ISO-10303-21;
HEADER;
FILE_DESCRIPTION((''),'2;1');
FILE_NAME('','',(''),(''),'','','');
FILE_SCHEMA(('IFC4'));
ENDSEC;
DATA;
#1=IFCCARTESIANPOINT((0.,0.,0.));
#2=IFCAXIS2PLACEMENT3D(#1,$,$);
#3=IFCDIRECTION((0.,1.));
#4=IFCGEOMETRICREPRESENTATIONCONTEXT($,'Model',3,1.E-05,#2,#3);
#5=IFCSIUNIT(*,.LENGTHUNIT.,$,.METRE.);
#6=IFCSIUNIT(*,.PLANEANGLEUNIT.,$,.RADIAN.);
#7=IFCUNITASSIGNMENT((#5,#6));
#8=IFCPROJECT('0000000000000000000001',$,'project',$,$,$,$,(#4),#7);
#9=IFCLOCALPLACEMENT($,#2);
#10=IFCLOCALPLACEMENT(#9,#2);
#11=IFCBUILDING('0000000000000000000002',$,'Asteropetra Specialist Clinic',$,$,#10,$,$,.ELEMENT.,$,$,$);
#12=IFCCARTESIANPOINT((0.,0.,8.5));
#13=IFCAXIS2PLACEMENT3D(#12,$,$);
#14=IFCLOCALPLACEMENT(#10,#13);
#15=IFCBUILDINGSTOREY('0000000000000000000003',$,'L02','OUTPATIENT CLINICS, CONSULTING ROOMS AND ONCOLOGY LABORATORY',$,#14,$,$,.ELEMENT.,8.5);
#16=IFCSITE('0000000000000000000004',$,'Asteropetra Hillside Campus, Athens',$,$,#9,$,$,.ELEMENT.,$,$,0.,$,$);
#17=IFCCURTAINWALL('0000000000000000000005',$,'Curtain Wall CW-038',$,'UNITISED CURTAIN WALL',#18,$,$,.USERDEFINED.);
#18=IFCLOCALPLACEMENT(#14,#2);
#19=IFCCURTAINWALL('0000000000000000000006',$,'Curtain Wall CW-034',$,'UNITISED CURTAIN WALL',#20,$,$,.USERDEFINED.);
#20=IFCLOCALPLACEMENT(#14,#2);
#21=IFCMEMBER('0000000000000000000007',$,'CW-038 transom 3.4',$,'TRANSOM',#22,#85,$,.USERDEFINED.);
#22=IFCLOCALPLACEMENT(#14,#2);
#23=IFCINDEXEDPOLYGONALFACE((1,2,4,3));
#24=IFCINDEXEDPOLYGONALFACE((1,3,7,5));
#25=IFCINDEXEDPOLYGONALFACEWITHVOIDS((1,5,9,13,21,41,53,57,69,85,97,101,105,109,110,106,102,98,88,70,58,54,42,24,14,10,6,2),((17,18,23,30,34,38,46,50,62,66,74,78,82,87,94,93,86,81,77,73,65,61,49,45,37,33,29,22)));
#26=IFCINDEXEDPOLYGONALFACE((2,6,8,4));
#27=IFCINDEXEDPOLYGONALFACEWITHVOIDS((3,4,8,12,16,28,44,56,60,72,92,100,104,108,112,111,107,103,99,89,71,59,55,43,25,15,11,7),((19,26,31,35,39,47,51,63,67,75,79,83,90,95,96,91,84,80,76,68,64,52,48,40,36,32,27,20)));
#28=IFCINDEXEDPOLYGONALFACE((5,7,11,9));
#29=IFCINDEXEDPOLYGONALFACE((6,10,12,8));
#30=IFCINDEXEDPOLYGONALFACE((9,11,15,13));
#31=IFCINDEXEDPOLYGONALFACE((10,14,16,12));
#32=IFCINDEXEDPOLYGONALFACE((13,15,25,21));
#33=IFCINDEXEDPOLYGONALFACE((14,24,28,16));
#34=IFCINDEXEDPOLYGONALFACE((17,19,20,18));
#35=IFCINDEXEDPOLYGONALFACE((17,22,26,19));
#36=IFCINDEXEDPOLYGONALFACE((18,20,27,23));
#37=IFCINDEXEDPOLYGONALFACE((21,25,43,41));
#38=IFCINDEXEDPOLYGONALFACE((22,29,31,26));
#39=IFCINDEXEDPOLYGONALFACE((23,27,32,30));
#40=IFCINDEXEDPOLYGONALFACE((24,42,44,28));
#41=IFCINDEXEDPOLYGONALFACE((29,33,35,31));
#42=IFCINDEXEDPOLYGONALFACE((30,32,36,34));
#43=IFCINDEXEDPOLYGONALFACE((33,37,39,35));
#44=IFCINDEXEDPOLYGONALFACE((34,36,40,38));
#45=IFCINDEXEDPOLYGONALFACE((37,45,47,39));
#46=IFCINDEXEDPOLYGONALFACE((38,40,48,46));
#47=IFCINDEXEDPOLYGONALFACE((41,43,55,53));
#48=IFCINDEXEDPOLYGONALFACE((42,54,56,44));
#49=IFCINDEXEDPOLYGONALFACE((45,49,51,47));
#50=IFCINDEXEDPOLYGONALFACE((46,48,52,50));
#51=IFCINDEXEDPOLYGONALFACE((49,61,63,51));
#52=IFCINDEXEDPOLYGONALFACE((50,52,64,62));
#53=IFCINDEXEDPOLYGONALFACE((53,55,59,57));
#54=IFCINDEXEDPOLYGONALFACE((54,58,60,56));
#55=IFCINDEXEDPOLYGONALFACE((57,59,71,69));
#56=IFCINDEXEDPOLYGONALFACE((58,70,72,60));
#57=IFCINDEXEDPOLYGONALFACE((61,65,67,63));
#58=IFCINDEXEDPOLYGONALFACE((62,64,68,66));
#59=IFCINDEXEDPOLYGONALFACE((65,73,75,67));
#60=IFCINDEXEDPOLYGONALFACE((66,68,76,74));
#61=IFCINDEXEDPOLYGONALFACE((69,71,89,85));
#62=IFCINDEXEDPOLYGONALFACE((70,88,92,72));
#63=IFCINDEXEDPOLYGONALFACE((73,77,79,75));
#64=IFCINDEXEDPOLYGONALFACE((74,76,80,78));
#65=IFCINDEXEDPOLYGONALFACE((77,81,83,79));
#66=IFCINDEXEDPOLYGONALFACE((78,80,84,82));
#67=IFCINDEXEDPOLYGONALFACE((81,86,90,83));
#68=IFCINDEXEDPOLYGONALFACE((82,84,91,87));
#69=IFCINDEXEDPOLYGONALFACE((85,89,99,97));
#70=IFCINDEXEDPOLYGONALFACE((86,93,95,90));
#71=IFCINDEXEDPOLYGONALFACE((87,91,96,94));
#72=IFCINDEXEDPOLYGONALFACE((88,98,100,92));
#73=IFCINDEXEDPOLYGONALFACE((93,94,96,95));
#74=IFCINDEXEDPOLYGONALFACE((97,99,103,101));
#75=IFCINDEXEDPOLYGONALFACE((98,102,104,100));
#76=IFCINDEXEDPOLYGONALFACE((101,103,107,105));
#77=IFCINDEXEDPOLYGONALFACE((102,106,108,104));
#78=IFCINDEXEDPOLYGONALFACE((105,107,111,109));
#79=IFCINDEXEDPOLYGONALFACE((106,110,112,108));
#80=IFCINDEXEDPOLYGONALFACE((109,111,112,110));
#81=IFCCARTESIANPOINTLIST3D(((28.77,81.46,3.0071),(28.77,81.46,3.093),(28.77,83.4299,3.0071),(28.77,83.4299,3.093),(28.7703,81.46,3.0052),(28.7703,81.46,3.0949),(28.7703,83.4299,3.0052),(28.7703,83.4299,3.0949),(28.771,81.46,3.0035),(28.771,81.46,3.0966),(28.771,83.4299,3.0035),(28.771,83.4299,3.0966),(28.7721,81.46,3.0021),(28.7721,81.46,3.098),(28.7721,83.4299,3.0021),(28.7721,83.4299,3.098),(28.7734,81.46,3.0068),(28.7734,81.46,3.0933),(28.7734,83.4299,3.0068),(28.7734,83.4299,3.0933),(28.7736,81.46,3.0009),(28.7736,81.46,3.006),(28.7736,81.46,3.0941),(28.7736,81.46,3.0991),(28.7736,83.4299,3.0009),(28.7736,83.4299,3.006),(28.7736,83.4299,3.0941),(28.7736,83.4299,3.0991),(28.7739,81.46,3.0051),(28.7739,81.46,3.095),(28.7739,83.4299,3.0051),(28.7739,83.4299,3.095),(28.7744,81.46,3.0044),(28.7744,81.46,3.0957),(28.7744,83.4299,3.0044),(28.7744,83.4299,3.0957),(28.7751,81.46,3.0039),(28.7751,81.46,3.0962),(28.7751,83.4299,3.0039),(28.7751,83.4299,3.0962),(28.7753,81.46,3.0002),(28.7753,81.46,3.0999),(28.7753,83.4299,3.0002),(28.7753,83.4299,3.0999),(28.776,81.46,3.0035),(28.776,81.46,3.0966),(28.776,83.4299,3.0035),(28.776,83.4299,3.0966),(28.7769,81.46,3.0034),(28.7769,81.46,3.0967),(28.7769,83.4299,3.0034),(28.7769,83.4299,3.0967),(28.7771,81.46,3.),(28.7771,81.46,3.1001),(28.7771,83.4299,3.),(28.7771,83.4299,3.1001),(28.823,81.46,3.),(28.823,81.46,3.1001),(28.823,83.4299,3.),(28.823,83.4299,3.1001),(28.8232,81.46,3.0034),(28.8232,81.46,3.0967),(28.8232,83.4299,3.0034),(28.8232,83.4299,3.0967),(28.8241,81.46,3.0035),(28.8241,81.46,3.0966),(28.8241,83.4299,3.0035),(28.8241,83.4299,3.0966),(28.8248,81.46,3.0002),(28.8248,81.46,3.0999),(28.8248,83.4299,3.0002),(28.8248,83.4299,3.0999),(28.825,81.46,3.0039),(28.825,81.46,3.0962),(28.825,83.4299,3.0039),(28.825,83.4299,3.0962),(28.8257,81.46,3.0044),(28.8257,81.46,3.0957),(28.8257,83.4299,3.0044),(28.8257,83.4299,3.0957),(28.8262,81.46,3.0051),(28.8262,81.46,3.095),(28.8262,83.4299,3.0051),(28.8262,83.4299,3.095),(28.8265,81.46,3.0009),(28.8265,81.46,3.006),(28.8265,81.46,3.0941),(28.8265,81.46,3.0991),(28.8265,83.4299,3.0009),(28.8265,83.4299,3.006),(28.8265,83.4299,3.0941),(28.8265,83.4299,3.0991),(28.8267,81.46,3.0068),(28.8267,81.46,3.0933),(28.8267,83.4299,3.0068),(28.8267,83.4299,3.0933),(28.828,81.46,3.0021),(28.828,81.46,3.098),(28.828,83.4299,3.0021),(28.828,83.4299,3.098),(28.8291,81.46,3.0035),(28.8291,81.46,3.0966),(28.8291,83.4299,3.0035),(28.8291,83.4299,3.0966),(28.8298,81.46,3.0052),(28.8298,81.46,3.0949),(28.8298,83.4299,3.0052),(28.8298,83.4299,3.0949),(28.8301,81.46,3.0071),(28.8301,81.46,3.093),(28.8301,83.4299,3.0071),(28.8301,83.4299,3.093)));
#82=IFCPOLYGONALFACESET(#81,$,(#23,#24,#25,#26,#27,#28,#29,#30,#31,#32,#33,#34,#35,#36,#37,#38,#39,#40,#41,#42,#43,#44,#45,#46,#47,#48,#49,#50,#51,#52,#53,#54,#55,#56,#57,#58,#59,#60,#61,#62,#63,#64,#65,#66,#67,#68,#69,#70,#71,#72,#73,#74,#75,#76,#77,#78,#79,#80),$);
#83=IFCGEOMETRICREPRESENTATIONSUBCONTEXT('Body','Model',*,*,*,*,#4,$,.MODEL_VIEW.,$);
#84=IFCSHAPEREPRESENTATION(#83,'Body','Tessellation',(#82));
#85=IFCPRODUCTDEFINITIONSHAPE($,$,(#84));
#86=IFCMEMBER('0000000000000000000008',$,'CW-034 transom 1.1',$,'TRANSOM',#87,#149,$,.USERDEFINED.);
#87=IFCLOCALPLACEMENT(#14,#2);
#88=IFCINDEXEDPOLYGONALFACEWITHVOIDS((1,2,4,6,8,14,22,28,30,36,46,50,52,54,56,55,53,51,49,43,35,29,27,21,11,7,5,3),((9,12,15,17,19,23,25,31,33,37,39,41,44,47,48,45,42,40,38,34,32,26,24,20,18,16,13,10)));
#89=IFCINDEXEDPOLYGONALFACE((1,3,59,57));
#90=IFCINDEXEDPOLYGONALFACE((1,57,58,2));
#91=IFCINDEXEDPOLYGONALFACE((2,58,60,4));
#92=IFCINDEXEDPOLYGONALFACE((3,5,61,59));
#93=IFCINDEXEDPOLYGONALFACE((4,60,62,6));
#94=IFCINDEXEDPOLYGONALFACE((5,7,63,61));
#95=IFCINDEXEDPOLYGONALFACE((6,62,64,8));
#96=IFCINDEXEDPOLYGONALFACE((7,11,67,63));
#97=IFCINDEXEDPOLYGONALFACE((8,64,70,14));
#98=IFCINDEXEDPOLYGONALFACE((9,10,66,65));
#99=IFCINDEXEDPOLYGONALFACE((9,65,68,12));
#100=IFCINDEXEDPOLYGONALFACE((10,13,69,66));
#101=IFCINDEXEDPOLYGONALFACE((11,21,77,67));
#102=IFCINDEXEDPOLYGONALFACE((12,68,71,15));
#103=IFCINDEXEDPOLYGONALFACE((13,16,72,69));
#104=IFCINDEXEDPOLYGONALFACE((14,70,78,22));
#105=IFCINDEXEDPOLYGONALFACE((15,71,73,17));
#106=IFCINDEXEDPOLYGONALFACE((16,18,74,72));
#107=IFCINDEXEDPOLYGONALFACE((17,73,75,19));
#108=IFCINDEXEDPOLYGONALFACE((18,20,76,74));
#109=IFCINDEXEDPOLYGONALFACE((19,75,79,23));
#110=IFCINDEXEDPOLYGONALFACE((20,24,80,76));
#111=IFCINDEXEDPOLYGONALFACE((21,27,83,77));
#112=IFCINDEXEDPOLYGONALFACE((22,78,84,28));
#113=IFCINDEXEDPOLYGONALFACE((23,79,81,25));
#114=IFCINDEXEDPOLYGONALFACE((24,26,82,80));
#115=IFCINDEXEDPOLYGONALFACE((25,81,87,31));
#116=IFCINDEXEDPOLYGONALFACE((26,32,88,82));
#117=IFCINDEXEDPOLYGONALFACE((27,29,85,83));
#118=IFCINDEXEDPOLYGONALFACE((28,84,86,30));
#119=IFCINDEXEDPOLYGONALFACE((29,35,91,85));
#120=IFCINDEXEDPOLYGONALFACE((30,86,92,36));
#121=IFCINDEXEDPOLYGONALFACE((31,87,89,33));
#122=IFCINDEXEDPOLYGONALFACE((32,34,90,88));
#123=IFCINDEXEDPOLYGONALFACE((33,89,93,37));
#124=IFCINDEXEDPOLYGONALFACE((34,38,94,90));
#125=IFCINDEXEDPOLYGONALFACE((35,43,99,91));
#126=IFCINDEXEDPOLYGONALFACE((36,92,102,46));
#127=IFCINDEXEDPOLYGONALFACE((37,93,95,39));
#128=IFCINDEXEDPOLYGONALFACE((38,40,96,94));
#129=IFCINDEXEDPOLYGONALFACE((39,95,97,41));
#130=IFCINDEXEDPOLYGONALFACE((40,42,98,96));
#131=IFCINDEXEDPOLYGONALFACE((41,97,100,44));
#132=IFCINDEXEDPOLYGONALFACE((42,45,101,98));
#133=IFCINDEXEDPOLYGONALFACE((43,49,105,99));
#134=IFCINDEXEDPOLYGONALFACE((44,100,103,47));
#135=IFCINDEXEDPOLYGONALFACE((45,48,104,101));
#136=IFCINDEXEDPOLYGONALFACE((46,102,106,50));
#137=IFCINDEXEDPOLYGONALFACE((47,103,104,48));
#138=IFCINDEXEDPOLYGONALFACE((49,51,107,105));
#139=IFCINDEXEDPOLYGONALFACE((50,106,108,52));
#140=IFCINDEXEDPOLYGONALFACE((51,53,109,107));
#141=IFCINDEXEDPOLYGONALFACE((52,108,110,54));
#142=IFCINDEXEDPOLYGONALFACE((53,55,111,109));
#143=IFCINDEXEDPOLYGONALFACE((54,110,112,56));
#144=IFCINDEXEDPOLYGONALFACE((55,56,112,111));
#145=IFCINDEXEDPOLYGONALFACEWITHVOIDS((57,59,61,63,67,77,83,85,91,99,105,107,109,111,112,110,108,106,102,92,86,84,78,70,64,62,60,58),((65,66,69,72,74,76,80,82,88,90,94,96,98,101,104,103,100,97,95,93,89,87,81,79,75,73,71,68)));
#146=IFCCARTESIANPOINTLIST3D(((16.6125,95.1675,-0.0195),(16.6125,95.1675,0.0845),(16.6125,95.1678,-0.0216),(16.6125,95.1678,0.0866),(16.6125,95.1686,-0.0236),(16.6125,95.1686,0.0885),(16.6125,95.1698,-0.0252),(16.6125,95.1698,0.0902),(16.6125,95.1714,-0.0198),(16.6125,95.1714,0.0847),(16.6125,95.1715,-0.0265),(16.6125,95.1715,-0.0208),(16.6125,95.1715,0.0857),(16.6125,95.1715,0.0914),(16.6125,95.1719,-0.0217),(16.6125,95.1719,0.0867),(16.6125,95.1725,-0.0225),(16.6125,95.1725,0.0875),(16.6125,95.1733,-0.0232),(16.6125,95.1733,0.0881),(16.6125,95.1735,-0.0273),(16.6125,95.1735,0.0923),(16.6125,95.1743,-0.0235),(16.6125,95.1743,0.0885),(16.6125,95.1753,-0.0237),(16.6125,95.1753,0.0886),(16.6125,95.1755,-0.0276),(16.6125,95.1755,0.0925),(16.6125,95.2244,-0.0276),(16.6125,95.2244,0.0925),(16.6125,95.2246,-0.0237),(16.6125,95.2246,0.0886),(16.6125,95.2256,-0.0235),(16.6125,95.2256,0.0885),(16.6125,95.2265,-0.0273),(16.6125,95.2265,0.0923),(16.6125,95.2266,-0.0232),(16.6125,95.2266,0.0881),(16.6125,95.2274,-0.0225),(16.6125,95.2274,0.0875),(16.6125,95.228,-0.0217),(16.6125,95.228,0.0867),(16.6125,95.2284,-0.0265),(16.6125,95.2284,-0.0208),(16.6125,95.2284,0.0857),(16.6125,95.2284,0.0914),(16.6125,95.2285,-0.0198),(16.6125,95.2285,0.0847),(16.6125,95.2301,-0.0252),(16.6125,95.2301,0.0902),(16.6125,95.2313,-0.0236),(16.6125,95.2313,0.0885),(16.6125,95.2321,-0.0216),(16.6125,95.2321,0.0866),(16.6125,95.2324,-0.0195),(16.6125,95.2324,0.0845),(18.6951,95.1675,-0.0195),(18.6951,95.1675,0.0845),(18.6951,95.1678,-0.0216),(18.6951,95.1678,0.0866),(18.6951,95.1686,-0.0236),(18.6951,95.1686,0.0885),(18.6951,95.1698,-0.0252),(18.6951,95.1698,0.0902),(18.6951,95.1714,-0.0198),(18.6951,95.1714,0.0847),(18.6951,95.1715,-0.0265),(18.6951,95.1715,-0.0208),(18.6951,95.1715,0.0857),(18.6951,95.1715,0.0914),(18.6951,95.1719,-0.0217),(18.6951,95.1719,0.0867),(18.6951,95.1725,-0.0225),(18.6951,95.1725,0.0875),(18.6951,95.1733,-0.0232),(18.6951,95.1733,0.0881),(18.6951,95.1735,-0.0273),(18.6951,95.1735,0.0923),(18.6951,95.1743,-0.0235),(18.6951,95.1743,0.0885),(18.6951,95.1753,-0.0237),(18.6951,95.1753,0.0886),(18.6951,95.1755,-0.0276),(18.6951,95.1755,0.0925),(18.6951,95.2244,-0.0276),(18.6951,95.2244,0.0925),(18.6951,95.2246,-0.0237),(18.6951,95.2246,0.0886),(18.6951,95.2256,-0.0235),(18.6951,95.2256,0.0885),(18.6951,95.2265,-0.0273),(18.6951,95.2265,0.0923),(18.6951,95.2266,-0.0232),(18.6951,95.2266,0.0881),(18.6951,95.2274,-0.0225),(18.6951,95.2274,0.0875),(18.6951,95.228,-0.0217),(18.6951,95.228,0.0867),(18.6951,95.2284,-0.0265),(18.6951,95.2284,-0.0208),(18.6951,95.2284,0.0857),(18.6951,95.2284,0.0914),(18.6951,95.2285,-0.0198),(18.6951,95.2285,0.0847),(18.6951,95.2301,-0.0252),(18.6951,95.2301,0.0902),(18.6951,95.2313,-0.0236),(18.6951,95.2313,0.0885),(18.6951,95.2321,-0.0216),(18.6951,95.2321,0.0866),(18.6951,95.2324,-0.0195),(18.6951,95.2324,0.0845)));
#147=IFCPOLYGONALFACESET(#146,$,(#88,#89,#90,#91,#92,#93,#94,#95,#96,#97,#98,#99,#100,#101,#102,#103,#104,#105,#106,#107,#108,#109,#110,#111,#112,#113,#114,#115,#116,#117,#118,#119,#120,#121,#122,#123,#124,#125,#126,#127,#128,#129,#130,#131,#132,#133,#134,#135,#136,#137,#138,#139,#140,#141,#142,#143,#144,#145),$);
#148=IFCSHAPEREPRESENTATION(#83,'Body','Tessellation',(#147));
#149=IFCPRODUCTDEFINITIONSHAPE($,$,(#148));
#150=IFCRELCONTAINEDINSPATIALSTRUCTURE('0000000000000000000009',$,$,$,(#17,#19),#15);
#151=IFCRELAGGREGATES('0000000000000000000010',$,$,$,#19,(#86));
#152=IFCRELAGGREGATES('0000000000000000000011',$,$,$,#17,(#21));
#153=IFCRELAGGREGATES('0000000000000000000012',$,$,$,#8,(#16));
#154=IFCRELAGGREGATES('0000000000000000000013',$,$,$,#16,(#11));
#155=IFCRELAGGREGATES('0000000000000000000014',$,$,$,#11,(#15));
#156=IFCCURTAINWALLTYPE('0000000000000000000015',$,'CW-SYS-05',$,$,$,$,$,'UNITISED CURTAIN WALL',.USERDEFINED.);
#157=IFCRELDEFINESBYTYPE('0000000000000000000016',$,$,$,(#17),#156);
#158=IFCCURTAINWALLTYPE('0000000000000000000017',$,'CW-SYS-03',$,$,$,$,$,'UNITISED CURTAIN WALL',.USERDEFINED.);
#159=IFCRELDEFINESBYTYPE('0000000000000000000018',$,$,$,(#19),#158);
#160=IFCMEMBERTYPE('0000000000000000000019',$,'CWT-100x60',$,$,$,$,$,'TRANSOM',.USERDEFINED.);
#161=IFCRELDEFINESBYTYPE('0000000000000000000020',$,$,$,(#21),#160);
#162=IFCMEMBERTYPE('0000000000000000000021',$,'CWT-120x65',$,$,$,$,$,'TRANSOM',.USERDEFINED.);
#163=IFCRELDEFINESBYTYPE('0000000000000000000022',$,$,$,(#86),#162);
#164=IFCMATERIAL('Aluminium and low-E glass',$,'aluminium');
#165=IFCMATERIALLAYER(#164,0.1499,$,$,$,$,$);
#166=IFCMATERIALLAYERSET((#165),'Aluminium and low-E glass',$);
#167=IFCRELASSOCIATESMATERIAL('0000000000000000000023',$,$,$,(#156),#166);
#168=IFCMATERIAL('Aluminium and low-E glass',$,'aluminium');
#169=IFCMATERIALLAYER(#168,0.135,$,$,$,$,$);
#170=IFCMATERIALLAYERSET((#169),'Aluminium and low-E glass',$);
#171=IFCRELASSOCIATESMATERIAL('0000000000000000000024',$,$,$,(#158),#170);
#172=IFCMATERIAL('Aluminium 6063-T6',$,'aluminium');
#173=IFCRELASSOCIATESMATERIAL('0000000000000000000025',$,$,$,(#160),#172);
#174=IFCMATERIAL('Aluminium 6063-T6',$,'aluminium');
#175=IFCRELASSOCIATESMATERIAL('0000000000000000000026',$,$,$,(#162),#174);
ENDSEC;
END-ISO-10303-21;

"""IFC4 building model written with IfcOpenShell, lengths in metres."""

from ifc_helpers import new_model, si_unit, direction, frame, origin, origin_2d, place, context, subcontext, project, spatial, hollow_rectangle, extrude, material, layer, layer_set, material_profile, profile_set, type_object, element, aggregate, save


model = new_model("IFC4")

# Units and contexts
model_context = context("Model", 3, precision=1e-05, world=origin(), true_north=direction((0.0, 1.0)))
body_context = subcontext(model_context, "Body", "Model", "MODEL_VIEW")
ifc_project = project(units=[si_unit("LENGTHUNIT", "METRE"), si_unit("PLANEANGLEUNIT", "RADIAN")], contexts=[model_context])

# Site, building, storey
site_placement = place(None, origin())
site = spatial("IfcSite", under=ifc_project, at=site_placement, Name="Asteropetra Hillside Campus, Athens", CompositionType="ELEMENT", RefElevation=0.0)
building_placement = place(site_placement, origin())
building = spatial("IfcBuilding", under=site, at=building_placement, Name="Asteropetra Specialist Clinic", CompositionType="ELEMENT")
storey_placement = place(building_placement, frame((0.0, 0.0, 8.5)))
storey = spatial("IfcBuildingStorey", under=building, at=storey_placement, Name="L02", Description="OUTPATIENT CLINICS, CONSULTING ROOMS AND ONCOLOGY LABORATORY", CompositionType="ELEMENT", Elevation=8.5)

# Curtain wall
ifc_material_1 = material(Name="Aluminium and low-E glass", Category="aluminium")
ifc_layer_1 = layer(ifc_material_1, 0.1499)
ifc_layer_set_1 = layer_set([ifc_layer_1], Name="Aluminium and low-E glass")
curtain_wall_type_1 = type_object("IfcCurtainWallType", Name="CW-SYS-05", ElementType="UNITISED CURTAIN WALL", PredefinedType="USERDEFINED", material=ifc_layer_set_1)
curtain_wall_1_placement = place(storey_placement, origin())
curtain_wall_1 = element("IfcCurtainWall", 1, at=curtain_wall_1_placement, inside=storey, type_object=curtain_wall_type_1, Name="Curtain Wall CW-038", ObjectType="UNITISED CURTAIN WALL", PredefinedType="USERDEFINED")

# Curtain wall
ifc_material_2 = material(Name="Aluminium and low-E glass", Category="aluminium")
ifc_layer_2 = layer(ifc_material_2, 0.135)
ifc_layer_set_2 = layer_set([ifc_layer_2], Name="Aluminium and low-E glass")
curtain_wall_type_2 = type_object("IfcCurtainWallType", Name="CW-SYS-03", ElementType="UNITISED CURTAIN WALL", PredefinedType="USERDEFINED", material=ifc_layer_set_2)
curtain_wall_2_placement = place(storey_placement, origin())
curtain_wall_2 = element("IfcCurtainWall", 2, at=curtain_wall_2_placement, inside=storey, type_object=curtain_wall_type_2, Name="Curtain Wall CW-034", ObjectType="UNITISED CURTAIN WALL", PredefinedType="USERDEFINED")

# Members
ifc_material_3 = material(Name="Aluminium 6063-T6", Category="aluminium")
ifc_material_profile_1 = material_profile(ifc_material_3, hollow_rectangle(XDim=0.0601, YDim=0.1001, WallThickness=0.0034, InnerFilletRadius=0.0034, OuterFilletRadius=0.0071, at=origin_2d()), Name="TRN 100x60x3.5")
ifc_profile_set_1 = profile_set([ifc_material_profile_1], Name="Aluminium 6063-T6")
member_type_1 = type_object("IfcMemberType", Name="CWT-100x60", ElementType="TRANSOM", PredefinedType="USERDEFINED", material=ifc_profile_set_1)
member_1_placement = place(storey_placement, frame((28.8, 81.46, 3.05), z_axis=(0.0, 1.0, 0.0), x_axis=(-1.0, 0.0, 0.0)))
member_1 = element("IfcMember", 3, at=member_1_placement, type_object=member_type_1, Name="CW-038 transom 3.4", ObjectType="TRANSOM", PredefinedType="USERDEFINED", context=body_context, shape_type="SweptSolid", body=[
    extrude(hollow_rectangle(XDim=0.0601, YDim=0.1001, WallThickness=0.0034, InnerFilletRadius=0.0034, OuterFilletRadius=0.0071, at=origin_2d()), origin(), (0.0, 0.0, 1.0), 1.97),
])
ifc_material_4 = material(Name="Aluminium 6063-T6", Category="aluminium")
ifc_material_profile_2 = material_profile(ifc_material_4, hollow_rectangle(XDim=0.0649, YDim=0.1201, WallThickness=0.0039, InnerFilletRadius=0.0039, OuterFilletRadius=0.0081, at=origin_2d()), Name="TRN 120x65x4.0")
ifc_profile_set_2 = profile_set([ifc_material_profile_2], Name="Aluminium 6063-T6")
member_type_2 = type_object("IfcMemberType", Name="CWT-120x65", ElementType="TRANSOM", PredefinedType="USERDEFINED", material=ifc_profile_set_2)
member_2_placement = place(storey_placement, frame((18.6951, 95.2, 0.0325), z_axis=(-1.0, 0.0, 0.0), x_axis=(0.0, -1.0, 0.0)))
member_2 = element("IfcMember", 4, at=member_2_placement, type_object=member_type_2, Name="CW-034 transom 1.1", ObjectType="TRANSOM", PredefinedType="USERDEFINED", context=body_context, shape_type="SweptSolid", body=[
    extrude(hollow_rectangle(XDim=0.0649, YDim=0.1201, WallThickness=0.0039, InnerFilletRadius=0.0039, OuterFilletRadius=0.0081, at=origin_2d()), origin(), (0.0, 0.0, 1.0), 2.0825),
])

aggregate(curtain_wall_2, [member_2])
aggregate(curtain_wall_1, [member_1])

save(model, "model.ifc")
